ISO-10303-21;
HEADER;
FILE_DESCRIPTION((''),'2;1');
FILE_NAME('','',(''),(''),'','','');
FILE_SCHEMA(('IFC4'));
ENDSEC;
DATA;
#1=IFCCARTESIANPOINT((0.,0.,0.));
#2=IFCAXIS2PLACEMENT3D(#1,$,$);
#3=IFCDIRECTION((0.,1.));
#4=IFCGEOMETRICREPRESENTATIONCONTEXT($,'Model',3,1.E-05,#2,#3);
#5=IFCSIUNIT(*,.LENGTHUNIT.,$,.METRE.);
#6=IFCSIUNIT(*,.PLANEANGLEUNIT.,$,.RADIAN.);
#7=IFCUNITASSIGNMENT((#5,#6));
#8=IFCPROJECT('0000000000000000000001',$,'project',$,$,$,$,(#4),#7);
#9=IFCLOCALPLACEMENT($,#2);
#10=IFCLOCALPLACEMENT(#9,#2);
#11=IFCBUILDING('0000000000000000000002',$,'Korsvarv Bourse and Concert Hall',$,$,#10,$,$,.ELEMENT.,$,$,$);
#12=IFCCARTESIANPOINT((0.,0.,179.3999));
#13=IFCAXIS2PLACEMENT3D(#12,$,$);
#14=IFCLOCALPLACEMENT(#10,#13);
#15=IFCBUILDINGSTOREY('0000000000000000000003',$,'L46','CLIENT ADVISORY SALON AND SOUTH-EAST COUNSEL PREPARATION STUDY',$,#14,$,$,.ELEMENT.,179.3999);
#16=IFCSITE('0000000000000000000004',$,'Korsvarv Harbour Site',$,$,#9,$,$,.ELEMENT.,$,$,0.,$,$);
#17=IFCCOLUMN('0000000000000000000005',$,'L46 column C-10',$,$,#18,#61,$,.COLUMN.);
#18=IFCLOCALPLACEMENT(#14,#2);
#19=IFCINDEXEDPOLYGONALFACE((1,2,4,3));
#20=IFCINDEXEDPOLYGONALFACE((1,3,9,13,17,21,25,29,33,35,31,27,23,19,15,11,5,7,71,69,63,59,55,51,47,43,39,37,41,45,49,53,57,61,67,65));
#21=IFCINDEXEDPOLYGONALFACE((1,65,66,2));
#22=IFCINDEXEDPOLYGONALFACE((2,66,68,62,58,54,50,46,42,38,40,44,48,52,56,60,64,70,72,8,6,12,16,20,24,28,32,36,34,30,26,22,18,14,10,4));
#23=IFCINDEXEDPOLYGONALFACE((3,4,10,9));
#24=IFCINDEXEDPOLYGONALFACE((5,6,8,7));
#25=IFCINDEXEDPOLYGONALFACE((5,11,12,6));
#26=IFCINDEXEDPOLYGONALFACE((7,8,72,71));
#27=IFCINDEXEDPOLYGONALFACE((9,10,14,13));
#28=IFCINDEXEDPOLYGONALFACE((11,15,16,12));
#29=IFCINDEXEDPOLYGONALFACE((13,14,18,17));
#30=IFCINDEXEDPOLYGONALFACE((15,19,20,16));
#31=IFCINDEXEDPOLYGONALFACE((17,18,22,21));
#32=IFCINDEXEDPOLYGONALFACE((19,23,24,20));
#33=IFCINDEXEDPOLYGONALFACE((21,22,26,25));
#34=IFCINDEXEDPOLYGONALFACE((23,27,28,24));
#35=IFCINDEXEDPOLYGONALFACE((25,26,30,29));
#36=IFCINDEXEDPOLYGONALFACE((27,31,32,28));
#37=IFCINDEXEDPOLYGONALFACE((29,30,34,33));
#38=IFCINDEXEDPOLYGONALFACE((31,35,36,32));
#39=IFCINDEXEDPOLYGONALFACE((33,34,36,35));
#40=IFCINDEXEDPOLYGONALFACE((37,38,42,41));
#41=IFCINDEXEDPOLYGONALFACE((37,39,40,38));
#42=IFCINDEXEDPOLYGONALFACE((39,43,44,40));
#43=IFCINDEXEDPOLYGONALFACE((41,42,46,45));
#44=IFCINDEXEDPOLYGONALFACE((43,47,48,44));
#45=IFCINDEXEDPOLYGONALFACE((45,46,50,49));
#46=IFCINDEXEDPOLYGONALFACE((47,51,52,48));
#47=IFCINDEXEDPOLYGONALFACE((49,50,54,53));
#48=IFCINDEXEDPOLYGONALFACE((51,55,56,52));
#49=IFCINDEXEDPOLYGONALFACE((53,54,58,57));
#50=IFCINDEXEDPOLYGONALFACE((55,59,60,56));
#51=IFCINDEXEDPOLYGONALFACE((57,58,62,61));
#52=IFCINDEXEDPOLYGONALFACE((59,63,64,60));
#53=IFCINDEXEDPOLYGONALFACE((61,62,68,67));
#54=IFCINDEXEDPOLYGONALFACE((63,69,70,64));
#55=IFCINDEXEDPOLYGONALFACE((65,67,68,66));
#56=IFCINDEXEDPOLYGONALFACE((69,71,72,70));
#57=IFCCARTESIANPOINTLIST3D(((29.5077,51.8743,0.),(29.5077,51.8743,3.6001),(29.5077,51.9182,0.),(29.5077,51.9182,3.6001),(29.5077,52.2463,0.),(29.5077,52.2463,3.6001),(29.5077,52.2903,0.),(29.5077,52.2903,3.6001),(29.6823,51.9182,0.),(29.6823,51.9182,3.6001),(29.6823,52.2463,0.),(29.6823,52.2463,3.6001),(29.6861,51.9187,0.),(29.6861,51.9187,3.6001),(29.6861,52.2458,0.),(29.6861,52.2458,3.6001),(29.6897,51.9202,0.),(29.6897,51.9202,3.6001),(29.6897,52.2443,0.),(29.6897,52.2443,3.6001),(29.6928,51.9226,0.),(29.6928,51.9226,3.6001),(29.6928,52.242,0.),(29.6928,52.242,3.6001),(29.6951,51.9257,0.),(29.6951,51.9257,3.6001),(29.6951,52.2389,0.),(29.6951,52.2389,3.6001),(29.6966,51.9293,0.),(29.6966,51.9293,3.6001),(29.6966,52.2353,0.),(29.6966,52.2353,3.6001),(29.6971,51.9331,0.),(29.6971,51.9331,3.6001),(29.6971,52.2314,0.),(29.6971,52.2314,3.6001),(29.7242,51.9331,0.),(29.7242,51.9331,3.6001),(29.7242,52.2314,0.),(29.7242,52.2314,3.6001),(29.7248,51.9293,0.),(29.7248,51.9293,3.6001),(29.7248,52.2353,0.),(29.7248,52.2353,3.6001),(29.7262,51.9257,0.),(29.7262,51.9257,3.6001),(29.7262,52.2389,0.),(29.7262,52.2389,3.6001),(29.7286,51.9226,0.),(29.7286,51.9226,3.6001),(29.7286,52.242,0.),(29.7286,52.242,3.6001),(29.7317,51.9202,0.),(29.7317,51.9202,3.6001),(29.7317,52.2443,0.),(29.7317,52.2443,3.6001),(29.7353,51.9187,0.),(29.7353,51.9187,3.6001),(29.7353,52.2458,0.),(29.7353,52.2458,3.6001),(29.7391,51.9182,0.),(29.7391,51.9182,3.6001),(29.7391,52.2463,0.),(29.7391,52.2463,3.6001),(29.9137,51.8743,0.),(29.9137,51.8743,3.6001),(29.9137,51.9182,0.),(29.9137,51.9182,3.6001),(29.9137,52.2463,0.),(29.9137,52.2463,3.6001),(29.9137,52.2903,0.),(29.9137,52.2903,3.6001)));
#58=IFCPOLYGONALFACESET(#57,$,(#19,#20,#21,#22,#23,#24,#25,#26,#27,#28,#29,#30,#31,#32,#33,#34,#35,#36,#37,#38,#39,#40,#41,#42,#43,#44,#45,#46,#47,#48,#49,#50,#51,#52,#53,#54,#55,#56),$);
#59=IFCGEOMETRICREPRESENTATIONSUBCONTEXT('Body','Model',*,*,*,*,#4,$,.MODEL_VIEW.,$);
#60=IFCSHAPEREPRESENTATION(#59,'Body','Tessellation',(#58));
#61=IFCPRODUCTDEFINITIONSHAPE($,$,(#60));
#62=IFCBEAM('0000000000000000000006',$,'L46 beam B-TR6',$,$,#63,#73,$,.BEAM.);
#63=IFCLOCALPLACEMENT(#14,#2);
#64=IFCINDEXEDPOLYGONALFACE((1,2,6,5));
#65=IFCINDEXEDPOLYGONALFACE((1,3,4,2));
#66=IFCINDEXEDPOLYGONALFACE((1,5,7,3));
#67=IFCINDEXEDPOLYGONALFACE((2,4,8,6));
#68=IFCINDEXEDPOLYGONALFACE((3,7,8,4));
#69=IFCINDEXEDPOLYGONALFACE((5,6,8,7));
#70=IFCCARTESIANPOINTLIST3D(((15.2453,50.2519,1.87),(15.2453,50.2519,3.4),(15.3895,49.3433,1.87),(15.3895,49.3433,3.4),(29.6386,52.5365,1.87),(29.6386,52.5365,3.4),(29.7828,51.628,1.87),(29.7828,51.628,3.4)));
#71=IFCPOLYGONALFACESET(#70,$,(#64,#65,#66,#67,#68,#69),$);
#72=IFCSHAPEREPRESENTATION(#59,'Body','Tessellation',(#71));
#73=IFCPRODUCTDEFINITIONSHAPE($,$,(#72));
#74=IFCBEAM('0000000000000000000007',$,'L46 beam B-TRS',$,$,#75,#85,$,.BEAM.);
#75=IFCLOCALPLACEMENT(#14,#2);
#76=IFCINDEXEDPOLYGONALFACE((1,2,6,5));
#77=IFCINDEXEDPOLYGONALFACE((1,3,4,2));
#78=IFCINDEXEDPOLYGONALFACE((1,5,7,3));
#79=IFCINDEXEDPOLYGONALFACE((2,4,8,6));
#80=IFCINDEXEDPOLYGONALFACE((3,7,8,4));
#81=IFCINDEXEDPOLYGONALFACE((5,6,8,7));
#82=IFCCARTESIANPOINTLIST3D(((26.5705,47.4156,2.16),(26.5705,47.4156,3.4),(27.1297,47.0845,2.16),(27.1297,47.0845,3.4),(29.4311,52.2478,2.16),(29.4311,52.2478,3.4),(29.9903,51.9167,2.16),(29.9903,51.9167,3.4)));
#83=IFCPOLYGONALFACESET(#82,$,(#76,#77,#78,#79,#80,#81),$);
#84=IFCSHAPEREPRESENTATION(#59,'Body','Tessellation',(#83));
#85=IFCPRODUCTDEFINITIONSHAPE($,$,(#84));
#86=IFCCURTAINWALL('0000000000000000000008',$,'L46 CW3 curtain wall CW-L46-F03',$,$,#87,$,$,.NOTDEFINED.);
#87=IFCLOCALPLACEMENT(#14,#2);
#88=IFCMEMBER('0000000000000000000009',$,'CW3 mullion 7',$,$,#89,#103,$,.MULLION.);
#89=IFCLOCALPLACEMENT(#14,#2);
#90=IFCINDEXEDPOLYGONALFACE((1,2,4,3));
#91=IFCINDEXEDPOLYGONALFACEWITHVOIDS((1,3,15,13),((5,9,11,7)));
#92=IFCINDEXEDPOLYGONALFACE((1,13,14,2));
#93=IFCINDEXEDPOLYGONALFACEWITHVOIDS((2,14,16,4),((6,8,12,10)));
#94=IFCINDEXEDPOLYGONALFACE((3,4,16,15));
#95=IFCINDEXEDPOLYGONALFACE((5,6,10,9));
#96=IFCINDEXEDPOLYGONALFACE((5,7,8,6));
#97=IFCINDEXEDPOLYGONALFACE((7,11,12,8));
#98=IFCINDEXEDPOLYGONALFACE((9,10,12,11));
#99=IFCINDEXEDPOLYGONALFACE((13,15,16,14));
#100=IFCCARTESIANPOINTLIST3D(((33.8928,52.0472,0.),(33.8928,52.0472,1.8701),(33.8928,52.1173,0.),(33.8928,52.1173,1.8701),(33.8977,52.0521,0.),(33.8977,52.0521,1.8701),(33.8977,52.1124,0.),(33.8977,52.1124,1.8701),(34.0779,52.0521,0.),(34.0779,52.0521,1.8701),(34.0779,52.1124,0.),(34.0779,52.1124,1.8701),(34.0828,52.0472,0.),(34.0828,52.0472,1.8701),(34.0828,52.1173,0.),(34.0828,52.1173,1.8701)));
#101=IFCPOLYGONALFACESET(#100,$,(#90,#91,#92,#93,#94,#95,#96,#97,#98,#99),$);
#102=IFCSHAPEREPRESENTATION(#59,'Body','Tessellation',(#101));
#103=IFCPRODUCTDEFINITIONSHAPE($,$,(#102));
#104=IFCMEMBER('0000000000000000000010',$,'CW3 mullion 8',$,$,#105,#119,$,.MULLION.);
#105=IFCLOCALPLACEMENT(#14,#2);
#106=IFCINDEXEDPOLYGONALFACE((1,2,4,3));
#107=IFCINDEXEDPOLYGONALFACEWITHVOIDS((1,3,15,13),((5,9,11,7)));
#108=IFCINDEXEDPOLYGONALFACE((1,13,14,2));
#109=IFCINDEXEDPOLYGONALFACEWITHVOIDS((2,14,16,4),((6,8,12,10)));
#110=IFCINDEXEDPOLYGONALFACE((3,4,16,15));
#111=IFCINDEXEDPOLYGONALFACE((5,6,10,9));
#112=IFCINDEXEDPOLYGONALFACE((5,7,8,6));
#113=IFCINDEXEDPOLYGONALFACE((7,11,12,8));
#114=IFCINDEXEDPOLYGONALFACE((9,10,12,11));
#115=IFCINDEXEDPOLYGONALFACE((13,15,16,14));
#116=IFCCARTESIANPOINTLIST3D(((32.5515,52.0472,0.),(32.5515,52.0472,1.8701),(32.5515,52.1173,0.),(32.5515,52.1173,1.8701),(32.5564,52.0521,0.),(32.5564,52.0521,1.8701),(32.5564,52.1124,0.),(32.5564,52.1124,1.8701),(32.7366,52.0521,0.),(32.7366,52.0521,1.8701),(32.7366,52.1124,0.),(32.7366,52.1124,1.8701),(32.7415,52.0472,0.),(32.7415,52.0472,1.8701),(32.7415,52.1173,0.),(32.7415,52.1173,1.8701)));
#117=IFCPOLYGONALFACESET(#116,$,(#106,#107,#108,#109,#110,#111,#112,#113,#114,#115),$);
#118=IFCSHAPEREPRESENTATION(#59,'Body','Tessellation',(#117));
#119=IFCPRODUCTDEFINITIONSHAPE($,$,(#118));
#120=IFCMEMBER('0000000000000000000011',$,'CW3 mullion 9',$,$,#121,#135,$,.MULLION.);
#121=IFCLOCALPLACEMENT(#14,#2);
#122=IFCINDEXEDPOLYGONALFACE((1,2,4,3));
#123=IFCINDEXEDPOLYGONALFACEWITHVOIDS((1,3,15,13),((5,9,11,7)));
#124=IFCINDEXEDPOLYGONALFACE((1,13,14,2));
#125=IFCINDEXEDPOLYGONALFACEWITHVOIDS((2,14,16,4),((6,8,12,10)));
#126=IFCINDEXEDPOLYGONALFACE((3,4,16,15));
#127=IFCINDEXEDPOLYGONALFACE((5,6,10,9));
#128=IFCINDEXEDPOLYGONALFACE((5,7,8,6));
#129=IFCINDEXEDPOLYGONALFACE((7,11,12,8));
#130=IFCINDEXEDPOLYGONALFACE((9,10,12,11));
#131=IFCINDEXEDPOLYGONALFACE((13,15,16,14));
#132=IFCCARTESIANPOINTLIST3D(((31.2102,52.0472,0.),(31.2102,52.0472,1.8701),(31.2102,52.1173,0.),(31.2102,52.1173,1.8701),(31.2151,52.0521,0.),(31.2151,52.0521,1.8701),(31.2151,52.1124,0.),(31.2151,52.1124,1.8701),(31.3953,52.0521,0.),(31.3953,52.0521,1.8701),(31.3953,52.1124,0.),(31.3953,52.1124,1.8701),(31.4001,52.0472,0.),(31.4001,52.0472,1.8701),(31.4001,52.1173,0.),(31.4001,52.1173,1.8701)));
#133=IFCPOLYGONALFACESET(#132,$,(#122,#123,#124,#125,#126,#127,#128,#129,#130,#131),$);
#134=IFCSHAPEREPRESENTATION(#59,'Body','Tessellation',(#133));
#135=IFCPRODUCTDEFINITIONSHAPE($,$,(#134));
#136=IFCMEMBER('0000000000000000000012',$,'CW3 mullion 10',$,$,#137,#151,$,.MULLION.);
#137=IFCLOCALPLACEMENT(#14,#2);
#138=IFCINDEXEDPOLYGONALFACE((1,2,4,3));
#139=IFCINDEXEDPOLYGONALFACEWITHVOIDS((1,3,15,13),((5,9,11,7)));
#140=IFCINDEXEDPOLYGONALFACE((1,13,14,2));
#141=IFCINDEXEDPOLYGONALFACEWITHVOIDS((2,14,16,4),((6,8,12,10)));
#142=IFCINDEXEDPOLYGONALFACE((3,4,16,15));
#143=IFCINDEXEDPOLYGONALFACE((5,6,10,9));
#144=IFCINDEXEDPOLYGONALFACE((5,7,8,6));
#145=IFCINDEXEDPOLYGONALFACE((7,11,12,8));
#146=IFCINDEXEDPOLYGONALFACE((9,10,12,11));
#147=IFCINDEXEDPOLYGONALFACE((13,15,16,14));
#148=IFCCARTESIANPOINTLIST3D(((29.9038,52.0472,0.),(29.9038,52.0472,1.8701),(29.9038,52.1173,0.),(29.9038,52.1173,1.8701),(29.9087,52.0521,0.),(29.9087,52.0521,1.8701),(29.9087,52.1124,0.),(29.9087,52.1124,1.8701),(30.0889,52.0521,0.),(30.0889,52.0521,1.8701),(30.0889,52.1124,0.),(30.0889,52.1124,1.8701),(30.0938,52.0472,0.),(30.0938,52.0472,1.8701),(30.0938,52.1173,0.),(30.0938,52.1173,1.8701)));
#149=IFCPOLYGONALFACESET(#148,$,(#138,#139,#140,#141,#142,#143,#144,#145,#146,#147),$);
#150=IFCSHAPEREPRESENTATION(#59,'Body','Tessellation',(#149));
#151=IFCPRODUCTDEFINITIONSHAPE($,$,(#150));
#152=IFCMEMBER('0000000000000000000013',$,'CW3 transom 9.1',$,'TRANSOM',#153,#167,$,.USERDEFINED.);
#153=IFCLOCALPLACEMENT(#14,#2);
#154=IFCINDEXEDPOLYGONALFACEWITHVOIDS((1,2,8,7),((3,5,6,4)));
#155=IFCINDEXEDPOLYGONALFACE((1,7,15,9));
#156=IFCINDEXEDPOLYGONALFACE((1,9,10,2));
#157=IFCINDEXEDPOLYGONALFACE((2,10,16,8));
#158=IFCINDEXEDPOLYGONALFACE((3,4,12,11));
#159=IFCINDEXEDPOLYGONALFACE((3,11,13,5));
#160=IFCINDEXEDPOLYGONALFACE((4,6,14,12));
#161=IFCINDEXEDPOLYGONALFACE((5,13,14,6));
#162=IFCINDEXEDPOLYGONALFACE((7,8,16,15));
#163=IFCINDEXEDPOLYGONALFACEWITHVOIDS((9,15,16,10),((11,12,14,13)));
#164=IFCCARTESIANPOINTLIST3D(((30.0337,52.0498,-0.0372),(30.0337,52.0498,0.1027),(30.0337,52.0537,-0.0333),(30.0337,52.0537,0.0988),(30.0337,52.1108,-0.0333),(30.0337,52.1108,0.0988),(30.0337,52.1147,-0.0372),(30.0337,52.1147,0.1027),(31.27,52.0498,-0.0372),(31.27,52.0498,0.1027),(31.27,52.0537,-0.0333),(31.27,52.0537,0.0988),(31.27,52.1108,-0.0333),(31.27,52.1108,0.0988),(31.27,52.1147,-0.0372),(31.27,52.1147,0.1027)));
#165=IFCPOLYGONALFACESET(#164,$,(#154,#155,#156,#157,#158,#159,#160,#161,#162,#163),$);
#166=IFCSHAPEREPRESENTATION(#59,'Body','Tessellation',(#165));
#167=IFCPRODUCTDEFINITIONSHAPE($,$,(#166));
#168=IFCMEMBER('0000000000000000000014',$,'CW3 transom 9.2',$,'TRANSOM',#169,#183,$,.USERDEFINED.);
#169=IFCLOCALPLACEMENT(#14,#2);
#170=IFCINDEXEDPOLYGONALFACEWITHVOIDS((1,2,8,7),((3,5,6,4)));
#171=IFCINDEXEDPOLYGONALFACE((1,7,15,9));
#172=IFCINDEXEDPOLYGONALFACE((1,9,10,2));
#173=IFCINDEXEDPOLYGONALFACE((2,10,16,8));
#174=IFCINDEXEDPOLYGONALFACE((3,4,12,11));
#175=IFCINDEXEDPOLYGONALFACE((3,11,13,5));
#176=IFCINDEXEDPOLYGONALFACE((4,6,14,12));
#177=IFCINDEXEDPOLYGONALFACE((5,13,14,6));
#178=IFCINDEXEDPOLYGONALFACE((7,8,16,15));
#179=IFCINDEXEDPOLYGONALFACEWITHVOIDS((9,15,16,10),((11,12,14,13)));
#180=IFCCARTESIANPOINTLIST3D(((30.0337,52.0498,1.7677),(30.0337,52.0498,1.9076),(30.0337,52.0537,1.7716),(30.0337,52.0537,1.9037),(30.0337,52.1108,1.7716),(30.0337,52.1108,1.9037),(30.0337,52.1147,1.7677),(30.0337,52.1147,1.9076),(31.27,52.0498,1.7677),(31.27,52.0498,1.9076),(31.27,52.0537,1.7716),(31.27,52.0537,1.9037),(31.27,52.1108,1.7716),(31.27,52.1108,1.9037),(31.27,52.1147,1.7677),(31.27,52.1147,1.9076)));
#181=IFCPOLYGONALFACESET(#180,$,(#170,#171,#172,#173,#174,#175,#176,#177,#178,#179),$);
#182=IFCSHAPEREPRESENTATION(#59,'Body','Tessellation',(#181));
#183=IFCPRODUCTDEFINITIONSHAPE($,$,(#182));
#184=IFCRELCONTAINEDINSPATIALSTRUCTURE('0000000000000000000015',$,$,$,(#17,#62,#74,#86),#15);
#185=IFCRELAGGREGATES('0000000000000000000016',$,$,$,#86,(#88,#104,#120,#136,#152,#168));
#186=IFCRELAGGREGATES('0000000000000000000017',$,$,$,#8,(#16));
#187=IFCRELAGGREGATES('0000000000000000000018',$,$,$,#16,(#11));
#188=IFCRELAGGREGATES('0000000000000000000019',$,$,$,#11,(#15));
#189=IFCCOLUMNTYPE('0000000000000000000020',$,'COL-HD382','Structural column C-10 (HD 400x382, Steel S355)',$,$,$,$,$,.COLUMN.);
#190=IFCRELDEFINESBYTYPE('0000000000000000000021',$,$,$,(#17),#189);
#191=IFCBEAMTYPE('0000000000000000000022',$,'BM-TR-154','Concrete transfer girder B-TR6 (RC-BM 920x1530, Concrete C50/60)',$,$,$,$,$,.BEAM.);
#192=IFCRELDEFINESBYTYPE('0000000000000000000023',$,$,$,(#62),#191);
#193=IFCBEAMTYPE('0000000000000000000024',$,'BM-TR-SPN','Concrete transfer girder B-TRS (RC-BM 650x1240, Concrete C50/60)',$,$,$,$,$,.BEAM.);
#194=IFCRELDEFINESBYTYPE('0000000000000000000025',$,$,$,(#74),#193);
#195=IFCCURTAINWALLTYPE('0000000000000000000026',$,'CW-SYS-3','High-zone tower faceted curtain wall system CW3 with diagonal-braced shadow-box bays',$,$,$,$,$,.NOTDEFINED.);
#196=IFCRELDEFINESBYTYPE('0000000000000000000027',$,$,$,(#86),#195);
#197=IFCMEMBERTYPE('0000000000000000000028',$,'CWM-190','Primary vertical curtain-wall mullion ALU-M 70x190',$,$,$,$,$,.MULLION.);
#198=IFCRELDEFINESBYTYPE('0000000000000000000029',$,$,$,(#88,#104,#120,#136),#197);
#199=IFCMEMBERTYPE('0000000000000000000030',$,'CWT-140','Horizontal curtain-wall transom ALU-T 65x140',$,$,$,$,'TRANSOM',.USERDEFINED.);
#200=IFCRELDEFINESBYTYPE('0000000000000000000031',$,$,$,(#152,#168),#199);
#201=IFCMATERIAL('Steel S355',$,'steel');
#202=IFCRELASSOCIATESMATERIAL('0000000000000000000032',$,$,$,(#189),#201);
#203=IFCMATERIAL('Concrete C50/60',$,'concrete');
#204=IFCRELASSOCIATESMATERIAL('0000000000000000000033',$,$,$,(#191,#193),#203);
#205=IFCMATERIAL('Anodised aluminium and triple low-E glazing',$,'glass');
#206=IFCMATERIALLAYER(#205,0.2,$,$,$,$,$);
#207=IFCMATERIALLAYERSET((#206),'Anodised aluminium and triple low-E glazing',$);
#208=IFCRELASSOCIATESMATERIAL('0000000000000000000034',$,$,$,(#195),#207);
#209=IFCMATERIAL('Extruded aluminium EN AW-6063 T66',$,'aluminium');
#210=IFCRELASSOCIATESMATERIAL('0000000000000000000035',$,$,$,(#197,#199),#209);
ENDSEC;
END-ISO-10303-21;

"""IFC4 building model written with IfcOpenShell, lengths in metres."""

from ifc_helpers import new_model, si_unit, direction, frame, origin, origin_2d, place, context, subcontext, project, spatial, rectangle, hollow_rectangle, i_section, extrude, source, transform, mapped, material, layer, layer_set, material_profile, profile_set, type_object, element, aggregate, save


model = new_model("IFC4")

# Units and contexts
model_context = context("Model", 3, precision=1e-05, world=origin(), true_north=direction((0.0, 1.0)))
body_context = subcontext(model_context, "Body", "Model", "MODEL_VIEW")
ifc_project = project(units=[si_unit("LENGTHUNIT", "METRE"), si_unit("PLANEANGLEUNIT", "RADIAN")], contexts=[model_context])

# Site, building, storey
site_placement = place(None, origin())
site = spatial("IfcSite", under=ifc_project, at=site_placement, Name="Korsvarv Harbour Site", CompositionType="ELEMENT", RefElevation=0.0)
building_placement = place(site_placement, origin())
building = spatial("IfcBuilding", under=site, at=building_placement, Name="Korsvarv Bourse and Concert Hall", CompositionType="ELEMENT")
storey_placement = place(building_placement, frame((0.0, 0.0, 179.3999)))
storey = spatial("IfcBuildingStorey", under=building, at=storey_placement, Name="L46", Description="CLIENT ADVISORY SALON AND SOUTH-EAST COUNSEL PREPARATION STUDY", CompositionType="ELEMENT", Elevation=179.3999)

# Column
ifc_material_1 = material(Name="Steel S355", Category="steel")
ifc_material_profile_1 = material_profile(ifc_material_1, i_section(OverallWidth=0.406, OverallDepth=0.416, WebThickness=0.0271, FlangeThickness=0.0439, FilletRadius=0.0149, at=origin_2d()), Name="HD 400x382")
ifc_profile_set_1 = profile_set([ifc_material_profile_1], Name="Steel S355")
column_type = type_object("IfcColumnType", Name="COL-HD382", Description="Structural column C-10 (HD 400x382, Steel S355)", PredefinedType="COLUMN", material=ifc_profile_set_1)
shared_shape_1 = source(origin(), body_context, "Body", "SweptSolid", [
    extrude(i_section(OverallWidth=0.406, OverallDepth=0.416, WebThickness=0.0271, FlangeThickness=0.0439, FilletRadius=0.0149, at=origin_2d()), origin(), (0.0, 0.0, 1.0), 3.6001),
])
column_placement = place(storey_placement, frame((29.7107, 52.0823, 0.0), z_axis=(0.0, 0.0, 1.0), x_axis=(1.0, 0.0, 0.0)))
element("IfcColumn", 1, at=column_placement, inside=storey, type_object=column_type, Name="L46 column C-10", PredefinedType="COLUMN", context=body_context, shape_type="MappedRepresentation", body=[
    mapped(shared_shape_1, transform((0.0, 0.0, 0.0), scale=1.0)),
])

# Beams
ifc_material_2 = material(Name="Concrete C50/60", Category="concrete")
ifc_material_profile_2 = material_profile(ifc_material_2, rectangle(XDim=0.9199, YDim=1.53, at=origin_2d()), Name="RC-BM 920x1530")
ifc_profile_set_2 = profile_set([ifc_material_profile_2], Name="Concrete C50/60")
beam_type_1 = type_object("IfcBeamType", Name="BM-TR-154", Description="Concrete transfer girder B-TR6 (RC-BM 920x1530, Concrete C50/60)", PredefinedType="BEAM", material=ifc_profile_set_2)
shared_shape_2 = source(origin(), body_context, "Body", "SweptSolid", [
    extrude(rectangle(XDim=0.9199, YDim=1.53, at=origin_2d()), origin(), (0.0, 0.0, 1.0), 14.5735),
])
beam_1_placement = place(storey_placement, frame((29.7107, 52.0823, 2.635), z_axis=(-0.987635, -0.156769, 0.0), x_axis=(0.156769, -0.987635, 0.0)))
element("IfcBeam", 2, at=beam_1_placement, inside=storey, type_object=beam_type_1, Name="L46 beam B-TR6", PredefinedType="BEAM", context=body_context, shape_type="MappedRepresentation", body=[
    mapped(shared_shape_2, transform((0.0, 0.0, 0.0), scale=1.0)),
])
ifc_material_profile_3 = material_profile(ifc_material_2, rectangle(XDim=0.6499, YDim=1.24, at=origin_2d()), Name="RC-BM 650x1240")
ifc_profile_set_3 = profile_set([ifc_material_profile_3], Name="Concrete C50/60")
beam_type_2 = type_object("IfcBeamType", Name="BM-TR-SPN", Description="Concrete transfer girder B-TRS (RC-BM 650x1240, Concrete C50/60)", PredefinedType="BEAM", material=ifc_profile_set_3)
shared_shape_3 = source(origin(), body_context, "Body", "SweptSolid", [
    extrude(rectangle(XDim=0.6499, YDim=1.24, at=origin_2d()), origin(), (0.0, 0.0, 1.0), 5.6155),
])
beam_2_placement = place(storey_placement, frame((29.7107, 52.0823, 2.78), z_axis=(-0.50941, -0.860524, 0.0), x_axis=(0.860524, -0.50941, 0.0)))
element("IfcBeam", 3, at=beam_2_placement, inside=storey, type_object=beam_type_2, Name="L46 beam B-TRS", PredefinedType="BEAM", context=body_context, shape_type="MappedRepresentation", body=[
    mapped(shared_shape_3, transform((0.0, 0.0, 0.0), scale=1.0)),
])

# Curtain wall, members
ifc_material_3 = material(Name="Anodised aluminium and triple low-E glazing", Category="glass")
ifc_layer_1 = layer(ifc_material_3, 0.2)
ifc_layer_set_1 = layer_set([ifc_layer_1], Name="Anodised aluminium and triple low-E glazing")
curtain_wall_type = type_object("IfcCurtainWallType", Name="CW-SYS-3", Description="High-zone tower faceted curtain wall system CW3 with diagonal-braced shadow-box bays", PredefinedType="NOTDEFINED", material=ifc_layer_set_1)
curtain_wall_placement = place(storey_placement, origin())
curtain_wall = element("IfcCurtainWall", 4, at=curtain_wall_placement, inside=storey, type_object=curtain_wall_type, Name="L46 CW3 curtain wall CW-L46-F03", PredefinedType="NOTDEFINED")
ifc_material_4 = material(Name="Extruded aluminium EN AW-6063 T66", Category="aluminium")
ifc_material_profile_4 = material_profile(ifc_material_4, hollow_rectangle(XDim=0.0701, YDim=0.1899, WallThickness=0.0049, at=origin_2d()), Name="ALU-M 70x190")
ifc_profile_set_4 = profile_set([ifc_material_profile_4], Name="Extruded aluminium EN AW-6063 T66")
member_type_1 = type_object("IfcMemberType", Name="CWM-190", Description="Primary vertical curtain-wall mullion ALU-M 70x190", PredefinedType="MULLION", material=ifc_profile_set_4)
shared_shape_4 = source(origin(), body_context, "Body", "SweptSolid", [
    extrude(hollow_rectangle(XDim=0.0701, YDim=0.1899, WallThickness=0.0049, at=origin_2d()), origin(), (0.0, 0.0, 1.0), 1.8701),
])
member_1_placement = place(storey_placement, frame((33.9878, 52.0823, 0.0), z_axis=(0.0, 0.0, 1.0), x_axis=(0.0, -1.0, 0.0)))
member_1 = element("IfcMember", 5, at=member_1_placement, type_object=member_type_1, Name="CW3 mullion 7", PredefinedType="MULLION", context=body_context, shape_type="MappedRepresentation", body=[
    mapped(shared_shape_4, transform((0.0, 0.0, 0.0), scale=1.0)),
])
member_2_placement = place(storey_placement, frame((32.6465, 52.0823, 0.0), z_axis=(0.0, 0.0, 1.0), x_axis=(0.0, -1.0, 0.0)))
member_2 = element("IfcMember", 6, at=member_2_placement, type_object=member_type_1, Name="CW3 mullion 8", PredefinedType="MULLION", context=body_context, shape_type="MappedRepresentation", body=[
    mapped(shared_shape_4, transform((0.0, 0.0, 0.0), scale=1.0)),
])
member_3_placement = place(storey_placement, frame((31.3052, 52.0823, 0.0), z_axis=(0.0, 0.0, 1.0), x_axis=(0.0, -1.0, 0.0)))
member_3 = element("IfcMember", 7, at=member_3_placement, type_object=member_type_1, Name="CW3 mullion 9", PredefinedType="MULLION", context=body_context, shape_type="MappedRepresentation", body=[
    mapped(shared_shape_4, transform((0.0, 0.0, 0.0), scale=1.0)),
])
member_4_placement = place(storey_placement, frame((29.9988, 52.0823, 0.0), z_axis=(0.0, 0.0, 1.0), x_axis=(0.0, -1.0, 0.0)))
member_4 = element("IfcMember", 8, at=member_4_placement, type_object=member_type_1, Name="CW3 mullion 10", PredefinedType="MULLION", context=body_context, shape_type="MappedRepresentation", body=[
    mapped(shared_shape_4, transform((0.0, 0.0, 0.0), scale=1.0)),
])
ifc_material_profile_5 = material_profile(ifc_material_4, hollow_rectangle(XDim=0.0649, YDim=0.1399, WallThickness=0.0039, at=origin_2d()), Name="ALU-T 65x140")
ifc_profile_set_5 = profile_set([ifc_material_profile_5], Name="Extruded aluminium EN AW-6063 T66")
member_type_2 = type_object("IfcMemberType", Name="CWT-140", Description="Horizontal curtain-wall transom ALU-T 65x140", ElementType="TRANSOM", PredefinedType="USERDEFINED", material=ifc_profile_set_5)
shared_shape_5 = source(origin(), body_context, "Body", "SweptSolid", [
    extrude(hollow_rectangle(XDim=0.0649, YDim=0.1399, WallThickness=0.0039, at=origin_2d()), origin(), (0.0, 0.0, 1.0), 1.2363),
])
member_5_placement = place(storey_placement, frame((31.27, 52.0823, 0.0327), z_axis=(-1.0, 0.0, 0.0), x_axis=(0.0, -1.0, 0.0)))
member_5 = element("IfcMember", 9, at=member_5_placement, type_object=member_type_2, Name="CW3 transom 9.1", ObjectType="TRANSOM", PredefinedType="USERDEFINED", context=body_context, shape_type="MappedRepresentation", body=[
    mapped(shared_shape_5, transform((0.0, 0.0, 0.0), scale=1.0)),
])
member_6_placement = place(storey_placement, frame((31.27, 52.0823, 1.8376), z_axis=(-1.0, 0.0, 0.0), x_axis=(0.0, -1.0, 0.0)))
member_6 = element("IfcMember", 10, at=member_6_placement, type_object=member_type_2, Name="CW3 transom 9.2", ObjectType="TRANSOM", PredefinedType="USERDEFINED", context=body_context, shape_type="MappedRepresentation", body=[
    mapped(shared_shape_5, transform((0.0, 0.0, 0.0), scale=1.0)),
])
aggregate(curtain_wall, [member_1, member_2, member_3, member_4, member_5, member_6])

save(model, "model.ifc")
